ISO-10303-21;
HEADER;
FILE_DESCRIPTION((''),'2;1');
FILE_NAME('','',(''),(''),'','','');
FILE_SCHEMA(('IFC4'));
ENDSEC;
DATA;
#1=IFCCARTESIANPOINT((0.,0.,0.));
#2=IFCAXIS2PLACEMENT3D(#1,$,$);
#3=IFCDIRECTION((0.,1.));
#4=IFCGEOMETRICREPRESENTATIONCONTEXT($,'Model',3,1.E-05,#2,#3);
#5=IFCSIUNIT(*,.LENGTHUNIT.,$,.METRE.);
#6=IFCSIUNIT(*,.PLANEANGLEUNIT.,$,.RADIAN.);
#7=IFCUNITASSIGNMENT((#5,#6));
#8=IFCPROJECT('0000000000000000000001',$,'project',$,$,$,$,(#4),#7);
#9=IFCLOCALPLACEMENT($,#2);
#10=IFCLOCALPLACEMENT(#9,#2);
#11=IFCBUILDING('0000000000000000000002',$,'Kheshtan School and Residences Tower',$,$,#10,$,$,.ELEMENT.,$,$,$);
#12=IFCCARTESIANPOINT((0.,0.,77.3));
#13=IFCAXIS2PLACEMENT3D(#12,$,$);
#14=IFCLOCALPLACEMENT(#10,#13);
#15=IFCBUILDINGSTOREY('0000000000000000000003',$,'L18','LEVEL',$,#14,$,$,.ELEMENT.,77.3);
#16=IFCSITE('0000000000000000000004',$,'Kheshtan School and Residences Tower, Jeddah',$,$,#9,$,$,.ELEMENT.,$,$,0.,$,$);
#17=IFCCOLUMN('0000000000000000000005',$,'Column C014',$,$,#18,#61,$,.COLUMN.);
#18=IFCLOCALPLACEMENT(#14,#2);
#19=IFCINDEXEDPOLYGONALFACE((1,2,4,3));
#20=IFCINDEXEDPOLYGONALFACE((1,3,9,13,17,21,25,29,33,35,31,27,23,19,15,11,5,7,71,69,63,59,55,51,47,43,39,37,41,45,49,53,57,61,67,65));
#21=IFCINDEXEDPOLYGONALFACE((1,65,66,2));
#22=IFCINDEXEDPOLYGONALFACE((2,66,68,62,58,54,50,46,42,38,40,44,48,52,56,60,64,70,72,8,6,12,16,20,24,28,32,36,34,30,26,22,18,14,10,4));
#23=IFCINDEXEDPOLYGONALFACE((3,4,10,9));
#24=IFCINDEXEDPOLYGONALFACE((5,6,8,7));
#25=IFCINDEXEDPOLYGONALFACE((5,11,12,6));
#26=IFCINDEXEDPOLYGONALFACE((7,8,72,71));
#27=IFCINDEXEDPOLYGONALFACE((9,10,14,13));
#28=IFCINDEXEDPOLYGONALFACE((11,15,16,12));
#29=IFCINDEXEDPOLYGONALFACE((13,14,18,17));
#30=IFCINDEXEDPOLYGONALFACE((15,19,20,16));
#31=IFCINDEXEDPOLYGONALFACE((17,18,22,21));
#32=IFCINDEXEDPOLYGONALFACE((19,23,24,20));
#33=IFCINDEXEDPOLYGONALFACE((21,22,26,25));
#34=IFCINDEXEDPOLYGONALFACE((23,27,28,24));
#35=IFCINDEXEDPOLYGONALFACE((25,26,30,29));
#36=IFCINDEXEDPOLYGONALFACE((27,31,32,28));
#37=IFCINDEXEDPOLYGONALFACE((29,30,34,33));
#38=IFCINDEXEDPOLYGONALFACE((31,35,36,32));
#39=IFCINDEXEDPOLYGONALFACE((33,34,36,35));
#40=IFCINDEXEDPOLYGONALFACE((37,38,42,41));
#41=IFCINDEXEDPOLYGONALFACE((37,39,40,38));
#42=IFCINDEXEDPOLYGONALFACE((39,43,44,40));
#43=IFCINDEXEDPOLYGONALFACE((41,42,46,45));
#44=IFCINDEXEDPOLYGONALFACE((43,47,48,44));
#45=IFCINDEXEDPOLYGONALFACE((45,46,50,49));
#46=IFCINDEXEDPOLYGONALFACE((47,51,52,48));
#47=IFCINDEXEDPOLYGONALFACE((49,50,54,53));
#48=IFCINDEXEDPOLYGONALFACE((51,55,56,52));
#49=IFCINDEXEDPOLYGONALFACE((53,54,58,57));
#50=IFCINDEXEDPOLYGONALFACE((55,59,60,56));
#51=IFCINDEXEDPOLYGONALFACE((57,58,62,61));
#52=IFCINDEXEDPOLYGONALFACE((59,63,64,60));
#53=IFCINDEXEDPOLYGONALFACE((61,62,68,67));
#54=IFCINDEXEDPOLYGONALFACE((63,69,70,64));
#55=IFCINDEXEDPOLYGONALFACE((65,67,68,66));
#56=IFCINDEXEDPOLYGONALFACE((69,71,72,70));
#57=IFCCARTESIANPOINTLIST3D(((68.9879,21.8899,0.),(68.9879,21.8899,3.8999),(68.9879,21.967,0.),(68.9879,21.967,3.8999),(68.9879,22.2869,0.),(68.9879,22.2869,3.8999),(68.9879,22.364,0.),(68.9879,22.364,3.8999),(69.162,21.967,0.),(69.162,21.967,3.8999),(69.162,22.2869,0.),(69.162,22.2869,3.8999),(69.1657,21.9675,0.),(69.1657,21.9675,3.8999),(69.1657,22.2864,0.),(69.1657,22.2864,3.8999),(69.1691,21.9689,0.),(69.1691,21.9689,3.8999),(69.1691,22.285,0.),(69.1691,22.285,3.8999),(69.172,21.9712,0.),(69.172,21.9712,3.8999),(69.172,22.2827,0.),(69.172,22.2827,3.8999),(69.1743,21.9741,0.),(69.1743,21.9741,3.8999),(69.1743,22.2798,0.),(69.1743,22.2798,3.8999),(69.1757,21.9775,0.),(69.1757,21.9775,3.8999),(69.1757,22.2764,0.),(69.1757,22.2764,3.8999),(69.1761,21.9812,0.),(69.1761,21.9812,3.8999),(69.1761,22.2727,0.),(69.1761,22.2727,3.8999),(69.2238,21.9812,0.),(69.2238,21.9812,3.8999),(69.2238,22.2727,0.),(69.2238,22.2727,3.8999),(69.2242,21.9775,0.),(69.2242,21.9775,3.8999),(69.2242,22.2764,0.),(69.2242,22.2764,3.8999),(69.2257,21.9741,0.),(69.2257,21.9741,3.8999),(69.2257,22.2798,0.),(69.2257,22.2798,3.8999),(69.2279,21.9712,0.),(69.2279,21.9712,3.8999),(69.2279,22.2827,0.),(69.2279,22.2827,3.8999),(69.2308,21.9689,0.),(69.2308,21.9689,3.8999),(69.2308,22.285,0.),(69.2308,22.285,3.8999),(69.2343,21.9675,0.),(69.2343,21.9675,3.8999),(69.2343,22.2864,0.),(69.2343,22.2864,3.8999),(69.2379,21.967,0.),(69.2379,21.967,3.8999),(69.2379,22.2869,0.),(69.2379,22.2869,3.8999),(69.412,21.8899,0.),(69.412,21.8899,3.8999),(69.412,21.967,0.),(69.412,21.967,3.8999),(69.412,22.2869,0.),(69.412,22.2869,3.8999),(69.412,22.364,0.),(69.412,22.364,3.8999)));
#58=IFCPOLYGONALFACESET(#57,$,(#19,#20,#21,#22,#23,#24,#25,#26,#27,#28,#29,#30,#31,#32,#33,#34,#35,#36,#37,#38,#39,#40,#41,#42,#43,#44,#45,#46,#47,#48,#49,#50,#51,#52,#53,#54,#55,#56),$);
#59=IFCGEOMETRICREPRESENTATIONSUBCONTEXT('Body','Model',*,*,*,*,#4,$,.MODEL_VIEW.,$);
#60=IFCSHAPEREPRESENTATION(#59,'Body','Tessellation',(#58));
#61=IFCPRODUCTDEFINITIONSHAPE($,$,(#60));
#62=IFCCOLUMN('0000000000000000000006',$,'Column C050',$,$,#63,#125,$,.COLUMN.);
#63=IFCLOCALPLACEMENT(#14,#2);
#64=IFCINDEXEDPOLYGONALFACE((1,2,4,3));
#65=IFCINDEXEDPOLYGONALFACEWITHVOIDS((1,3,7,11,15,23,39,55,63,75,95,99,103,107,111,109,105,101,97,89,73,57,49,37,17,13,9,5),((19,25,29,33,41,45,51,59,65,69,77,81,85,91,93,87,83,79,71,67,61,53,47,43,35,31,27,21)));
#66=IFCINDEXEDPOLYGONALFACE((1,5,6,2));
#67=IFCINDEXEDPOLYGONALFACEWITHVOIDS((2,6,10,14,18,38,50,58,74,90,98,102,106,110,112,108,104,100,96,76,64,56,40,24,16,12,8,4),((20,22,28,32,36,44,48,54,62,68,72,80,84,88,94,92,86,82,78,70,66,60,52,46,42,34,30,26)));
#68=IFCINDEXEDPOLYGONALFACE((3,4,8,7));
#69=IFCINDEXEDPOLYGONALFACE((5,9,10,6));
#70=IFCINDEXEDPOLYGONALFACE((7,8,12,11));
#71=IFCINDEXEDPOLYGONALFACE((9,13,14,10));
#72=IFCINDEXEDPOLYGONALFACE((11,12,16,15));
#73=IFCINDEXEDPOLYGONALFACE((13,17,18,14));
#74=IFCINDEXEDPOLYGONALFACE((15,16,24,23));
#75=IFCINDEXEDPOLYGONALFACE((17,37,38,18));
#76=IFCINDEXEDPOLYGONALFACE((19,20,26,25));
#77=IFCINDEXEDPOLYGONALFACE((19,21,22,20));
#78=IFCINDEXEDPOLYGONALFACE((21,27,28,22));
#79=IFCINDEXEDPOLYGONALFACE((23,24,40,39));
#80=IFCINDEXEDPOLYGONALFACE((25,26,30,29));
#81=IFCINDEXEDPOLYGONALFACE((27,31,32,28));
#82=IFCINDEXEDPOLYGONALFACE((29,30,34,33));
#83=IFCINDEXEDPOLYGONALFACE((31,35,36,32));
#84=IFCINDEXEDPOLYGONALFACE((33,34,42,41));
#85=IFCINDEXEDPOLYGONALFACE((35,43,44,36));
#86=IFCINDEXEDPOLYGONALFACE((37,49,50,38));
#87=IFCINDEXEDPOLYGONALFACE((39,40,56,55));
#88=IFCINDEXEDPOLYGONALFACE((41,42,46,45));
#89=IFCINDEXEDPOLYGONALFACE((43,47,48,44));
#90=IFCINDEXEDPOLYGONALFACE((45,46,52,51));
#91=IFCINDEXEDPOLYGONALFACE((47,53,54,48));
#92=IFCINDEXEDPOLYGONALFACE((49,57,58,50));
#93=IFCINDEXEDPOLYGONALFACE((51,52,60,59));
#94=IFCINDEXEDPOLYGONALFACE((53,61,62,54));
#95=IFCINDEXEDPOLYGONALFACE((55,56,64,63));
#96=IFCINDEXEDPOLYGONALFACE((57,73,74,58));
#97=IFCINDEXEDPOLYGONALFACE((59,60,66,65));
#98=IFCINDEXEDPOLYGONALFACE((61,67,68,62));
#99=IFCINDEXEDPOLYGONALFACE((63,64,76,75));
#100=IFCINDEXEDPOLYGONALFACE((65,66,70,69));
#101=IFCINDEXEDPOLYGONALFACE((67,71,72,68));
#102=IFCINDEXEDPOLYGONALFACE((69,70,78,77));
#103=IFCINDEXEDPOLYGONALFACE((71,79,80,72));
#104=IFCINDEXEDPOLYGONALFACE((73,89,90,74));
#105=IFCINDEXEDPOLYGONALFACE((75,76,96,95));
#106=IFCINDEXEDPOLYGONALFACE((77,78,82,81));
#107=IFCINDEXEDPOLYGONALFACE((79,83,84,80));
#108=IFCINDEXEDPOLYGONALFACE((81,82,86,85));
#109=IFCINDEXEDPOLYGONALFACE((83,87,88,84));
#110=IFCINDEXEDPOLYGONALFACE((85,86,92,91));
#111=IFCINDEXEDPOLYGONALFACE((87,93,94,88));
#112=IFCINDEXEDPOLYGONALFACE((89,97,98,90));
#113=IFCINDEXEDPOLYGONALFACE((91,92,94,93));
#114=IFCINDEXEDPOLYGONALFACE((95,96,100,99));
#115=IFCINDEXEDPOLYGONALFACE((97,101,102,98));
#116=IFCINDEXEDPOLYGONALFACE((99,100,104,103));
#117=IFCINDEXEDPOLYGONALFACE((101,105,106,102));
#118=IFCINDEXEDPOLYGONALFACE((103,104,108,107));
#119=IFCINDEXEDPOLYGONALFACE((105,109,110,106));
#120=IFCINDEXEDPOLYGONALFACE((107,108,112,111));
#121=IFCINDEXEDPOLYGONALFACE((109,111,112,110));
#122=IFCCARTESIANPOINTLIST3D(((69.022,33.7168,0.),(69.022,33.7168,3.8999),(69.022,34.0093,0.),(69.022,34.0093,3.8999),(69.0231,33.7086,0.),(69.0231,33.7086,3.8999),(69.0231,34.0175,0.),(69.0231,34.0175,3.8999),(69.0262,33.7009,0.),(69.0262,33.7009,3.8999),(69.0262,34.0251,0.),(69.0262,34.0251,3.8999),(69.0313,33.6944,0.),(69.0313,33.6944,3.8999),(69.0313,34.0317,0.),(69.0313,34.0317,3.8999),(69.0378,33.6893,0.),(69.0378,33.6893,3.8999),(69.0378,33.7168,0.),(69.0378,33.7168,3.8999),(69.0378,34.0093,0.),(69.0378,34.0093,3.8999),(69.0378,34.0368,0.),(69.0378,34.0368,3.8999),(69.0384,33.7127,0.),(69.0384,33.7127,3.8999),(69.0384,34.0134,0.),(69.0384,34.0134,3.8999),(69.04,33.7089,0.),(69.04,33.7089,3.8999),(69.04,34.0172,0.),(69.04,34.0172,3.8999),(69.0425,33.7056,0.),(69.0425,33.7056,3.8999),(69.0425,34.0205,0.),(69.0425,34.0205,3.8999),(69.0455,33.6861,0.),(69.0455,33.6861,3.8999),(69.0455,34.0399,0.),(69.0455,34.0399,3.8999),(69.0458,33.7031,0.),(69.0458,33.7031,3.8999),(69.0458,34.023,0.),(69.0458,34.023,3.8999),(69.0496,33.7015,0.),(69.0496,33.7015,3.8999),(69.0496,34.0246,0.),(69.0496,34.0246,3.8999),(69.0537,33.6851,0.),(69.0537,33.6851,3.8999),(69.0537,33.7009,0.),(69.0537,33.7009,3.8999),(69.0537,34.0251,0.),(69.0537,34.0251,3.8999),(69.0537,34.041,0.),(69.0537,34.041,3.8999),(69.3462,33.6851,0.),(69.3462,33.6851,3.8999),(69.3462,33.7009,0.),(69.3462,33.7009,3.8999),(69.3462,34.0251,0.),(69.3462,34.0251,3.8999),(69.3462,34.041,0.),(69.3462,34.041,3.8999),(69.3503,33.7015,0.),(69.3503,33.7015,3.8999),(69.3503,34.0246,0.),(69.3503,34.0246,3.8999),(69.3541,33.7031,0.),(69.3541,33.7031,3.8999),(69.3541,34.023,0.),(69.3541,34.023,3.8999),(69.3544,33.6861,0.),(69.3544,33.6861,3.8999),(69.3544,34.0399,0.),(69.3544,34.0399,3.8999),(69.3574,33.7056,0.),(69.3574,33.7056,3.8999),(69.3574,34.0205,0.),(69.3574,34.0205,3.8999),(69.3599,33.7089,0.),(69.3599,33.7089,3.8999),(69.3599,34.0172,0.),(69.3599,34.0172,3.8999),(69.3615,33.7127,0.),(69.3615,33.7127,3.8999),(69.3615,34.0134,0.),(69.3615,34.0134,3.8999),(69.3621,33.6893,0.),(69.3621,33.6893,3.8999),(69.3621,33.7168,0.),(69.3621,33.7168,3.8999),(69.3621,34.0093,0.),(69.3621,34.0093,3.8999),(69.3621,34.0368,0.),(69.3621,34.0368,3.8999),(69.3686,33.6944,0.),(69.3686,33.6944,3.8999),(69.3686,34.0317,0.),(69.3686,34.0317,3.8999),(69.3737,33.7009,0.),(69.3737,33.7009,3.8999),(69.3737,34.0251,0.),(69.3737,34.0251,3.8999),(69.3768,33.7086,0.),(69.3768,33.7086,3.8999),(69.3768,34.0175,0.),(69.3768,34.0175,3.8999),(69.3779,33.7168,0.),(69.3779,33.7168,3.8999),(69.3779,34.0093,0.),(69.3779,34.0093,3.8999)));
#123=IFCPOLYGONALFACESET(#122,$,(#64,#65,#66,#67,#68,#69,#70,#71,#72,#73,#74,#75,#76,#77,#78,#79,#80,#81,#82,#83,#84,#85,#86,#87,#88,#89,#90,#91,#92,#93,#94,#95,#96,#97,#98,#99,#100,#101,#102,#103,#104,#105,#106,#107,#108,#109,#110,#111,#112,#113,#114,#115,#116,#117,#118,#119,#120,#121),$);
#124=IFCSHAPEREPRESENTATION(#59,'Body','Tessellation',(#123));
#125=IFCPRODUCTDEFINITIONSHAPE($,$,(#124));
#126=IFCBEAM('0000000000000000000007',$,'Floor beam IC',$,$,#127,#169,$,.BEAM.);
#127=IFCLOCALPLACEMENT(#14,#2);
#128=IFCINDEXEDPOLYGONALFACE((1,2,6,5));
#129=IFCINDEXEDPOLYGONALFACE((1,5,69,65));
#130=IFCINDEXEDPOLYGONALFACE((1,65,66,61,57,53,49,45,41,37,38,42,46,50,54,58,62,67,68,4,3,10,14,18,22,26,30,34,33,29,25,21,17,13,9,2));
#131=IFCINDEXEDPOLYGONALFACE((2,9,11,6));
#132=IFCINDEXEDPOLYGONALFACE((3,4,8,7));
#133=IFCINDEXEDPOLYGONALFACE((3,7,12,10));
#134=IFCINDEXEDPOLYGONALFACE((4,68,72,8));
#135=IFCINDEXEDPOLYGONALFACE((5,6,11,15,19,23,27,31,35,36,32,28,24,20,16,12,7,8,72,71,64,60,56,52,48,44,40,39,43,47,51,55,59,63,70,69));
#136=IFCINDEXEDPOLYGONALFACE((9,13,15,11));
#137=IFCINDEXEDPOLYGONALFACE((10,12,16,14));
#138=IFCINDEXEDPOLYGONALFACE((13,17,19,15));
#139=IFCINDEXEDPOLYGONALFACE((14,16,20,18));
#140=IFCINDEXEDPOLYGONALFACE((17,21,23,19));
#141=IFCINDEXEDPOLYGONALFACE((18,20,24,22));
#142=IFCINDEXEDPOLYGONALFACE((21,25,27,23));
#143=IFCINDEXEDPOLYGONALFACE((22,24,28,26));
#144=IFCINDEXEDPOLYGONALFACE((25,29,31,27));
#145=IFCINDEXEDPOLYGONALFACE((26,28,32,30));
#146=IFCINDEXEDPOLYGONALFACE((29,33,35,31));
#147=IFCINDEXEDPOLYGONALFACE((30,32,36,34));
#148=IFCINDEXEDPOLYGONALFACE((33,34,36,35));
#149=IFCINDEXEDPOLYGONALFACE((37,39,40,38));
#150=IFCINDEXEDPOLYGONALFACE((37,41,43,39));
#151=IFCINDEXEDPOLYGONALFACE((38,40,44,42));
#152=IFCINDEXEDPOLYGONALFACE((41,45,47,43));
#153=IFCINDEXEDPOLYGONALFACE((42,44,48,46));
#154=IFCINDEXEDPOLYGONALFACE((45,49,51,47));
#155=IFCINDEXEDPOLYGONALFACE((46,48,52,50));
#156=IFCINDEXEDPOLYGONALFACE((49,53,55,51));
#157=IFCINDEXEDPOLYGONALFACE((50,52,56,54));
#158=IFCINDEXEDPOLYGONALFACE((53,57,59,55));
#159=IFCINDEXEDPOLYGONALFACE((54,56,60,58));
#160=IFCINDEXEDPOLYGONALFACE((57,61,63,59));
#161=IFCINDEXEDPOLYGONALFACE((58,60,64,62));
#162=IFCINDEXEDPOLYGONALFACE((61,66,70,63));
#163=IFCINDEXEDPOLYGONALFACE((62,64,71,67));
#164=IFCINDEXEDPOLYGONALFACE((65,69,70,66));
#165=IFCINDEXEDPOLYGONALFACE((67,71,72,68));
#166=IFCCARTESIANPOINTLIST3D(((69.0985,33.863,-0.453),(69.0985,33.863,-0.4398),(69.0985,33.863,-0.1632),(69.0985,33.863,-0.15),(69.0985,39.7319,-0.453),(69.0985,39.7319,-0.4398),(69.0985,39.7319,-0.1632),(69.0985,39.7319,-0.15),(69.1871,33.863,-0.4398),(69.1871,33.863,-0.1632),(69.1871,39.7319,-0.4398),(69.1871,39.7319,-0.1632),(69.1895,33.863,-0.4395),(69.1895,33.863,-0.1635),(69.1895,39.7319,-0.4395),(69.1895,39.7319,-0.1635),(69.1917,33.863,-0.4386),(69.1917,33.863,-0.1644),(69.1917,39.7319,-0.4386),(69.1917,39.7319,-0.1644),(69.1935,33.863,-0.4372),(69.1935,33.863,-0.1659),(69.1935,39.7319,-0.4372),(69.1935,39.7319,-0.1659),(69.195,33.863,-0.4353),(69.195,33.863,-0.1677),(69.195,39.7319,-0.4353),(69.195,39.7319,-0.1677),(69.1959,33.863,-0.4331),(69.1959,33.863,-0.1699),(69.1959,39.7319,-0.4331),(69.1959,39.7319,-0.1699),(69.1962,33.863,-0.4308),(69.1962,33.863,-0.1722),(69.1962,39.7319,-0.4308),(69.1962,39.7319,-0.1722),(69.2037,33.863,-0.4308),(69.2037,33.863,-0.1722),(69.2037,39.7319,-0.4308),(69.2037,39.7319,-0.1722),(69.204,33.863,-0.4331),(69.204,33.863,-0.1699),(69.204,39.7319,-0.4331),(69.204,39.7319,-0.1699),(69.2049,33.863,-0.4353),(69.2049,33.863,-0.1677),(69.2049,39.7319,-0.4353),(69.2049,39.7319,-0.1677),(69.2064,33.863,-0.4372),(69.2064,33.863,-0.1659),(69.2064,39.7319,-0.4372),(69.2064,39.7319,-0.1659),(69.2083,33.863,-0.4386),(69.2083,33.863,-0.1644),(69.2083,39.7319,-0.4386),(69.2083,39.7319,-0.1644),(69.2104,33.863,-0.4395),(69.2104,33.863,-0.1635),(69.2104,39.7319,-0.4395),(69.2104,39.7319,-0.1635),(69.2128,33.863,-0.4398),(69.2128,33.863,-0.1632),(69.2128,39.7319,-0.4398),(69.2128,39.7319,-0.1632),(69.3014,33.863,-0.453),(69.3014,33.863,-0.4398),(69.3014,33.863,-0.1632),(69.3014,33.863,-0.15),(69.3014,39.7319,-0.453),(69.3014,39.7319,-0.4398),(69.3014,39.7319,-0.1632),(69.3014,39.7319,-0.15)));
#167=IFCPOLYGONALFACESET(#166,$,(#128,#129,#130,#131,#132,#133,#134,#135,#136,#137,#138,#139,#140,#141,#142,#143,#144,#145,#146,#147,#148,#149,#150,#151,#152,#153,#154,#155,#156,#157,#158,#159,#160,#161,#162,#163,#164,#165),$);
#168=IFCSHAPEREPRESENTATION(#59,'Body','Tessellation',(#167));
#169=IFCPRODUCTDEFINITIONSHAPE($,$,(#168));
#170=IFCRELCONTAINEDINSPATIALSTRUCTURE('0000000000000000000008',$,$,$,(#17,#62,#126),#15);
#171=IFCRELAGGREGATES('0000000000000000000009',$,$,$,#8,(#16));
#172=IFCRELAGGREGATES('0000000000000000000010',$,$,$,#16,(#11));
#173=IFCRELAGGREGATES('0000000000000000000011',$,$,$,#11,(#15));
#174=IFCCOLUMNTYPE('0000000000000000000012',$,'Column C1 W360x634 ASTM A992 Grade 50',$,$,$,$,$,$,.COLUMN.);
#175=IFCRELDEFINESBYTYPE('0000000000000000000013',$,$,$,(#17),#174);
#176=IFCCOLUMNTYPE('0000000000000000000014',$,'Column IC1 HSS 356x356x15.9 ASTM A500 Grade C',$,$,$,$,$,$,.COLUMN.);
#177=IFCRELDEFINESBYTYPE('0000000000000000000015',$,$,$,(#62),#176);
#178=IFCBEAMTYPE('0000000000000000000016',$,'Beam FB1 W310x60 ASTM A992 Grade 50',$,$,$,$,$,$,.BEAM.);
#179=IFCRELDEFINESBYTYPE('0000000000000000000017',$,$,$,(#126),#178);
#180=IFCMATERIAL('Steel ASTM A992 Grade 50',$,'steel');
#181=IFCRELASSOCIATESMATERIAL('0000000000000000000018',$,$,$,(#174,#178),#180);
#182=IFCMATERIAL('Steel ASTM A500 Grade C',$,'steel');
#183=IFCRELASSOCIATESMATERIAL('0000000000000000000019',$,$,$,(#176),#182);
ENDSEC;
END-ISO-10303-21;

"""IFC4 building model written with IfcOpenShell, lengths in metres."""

from ifc_helpers import new_model, si_unit, direction, frame, origin, origin_2d, place, context, subcontext, project, spatial, hollow_rectangle, i_section, extrude, material, material_profile, profile_set, type_object, element, save


model = new_model("IFC4")

# Units and contexts
model_context = context("Model", 3, precision=1e-05, world=origin(), true_north=direction((0.0, 1.0)))
body_context = subcontext(model_context, "Body", "Model", "MODEL_VIEW")
ifc_project = project(units=[si_unit("LENGTHUNIT", "METRE"), si_unit("PLANEANGLEUNIT", "RADIAN")], contexts=[model_context])

# Site, building, storey
site_placement = place(None, origin())
site = spatial("IfcSite", under=ifc_project, at=site_placement, Name="Kheshtan School and Residences Tower, Jeddah", CompositionType="ELEMENT", RefElevation=0.0)
building_placement = place(site_placement, origin())
building = spatial("IfcBuilding", under=site, at=building_placement, Name="Kheshtan School and Residences Tower", CompositionType="ELEMENT")
storey_placement = place(building_placement, frame((0.0, 0.0, 77.3)))
storey = spatial("IfcBuildingStorey", under=building, at=storey_placement, Name="L18", Description="LEVEL", CompositionType="ELEMENT", Elevation=77.3)

# Columns
ifc_material_1 = material(Name="Steel ASTM A992 Grade 50", Category="steel")
ifc_material_profile_1 = material_profile(ifc_material_1, i_section(OverallWidth=0.4241, OverallDepth=0.4741, WebThickness=0.0476, FlangeThickness=0.0771, FilletRadius=0.0142, at=origin_2d()), Name="W360x634")
ifc_profile_set_1 = profile_set([ifc_material_profile_1], Name="Steel ASTM A992 Grade 50")
column_type_1 = type_object("IfcColumnType", Name="Column C1 W360x634 ASTM A992 Grade 50", PredefinedType="COLUMN", material=ifc_profile_set_1)
column_1_placement = place(storey_placement, frame((69.2, 22.127, 0.0), z_axis=(0.0, 0.0, 1.0), x_axis=(1.0, 0.0, 0.0)))
element("IfcColumn", 1, at=column_1_placement, inside=storey, type_object=column_type_1, Name="Column C014", PredefinedType="COLUMN", context=body_context, shape_type="SweptSolid", body=[
    extrude(i_section(OverallWidth=0.4241, OverallDepth=0.4741, WebThickness=0.0476, FlangeThickness=0.0771, FilletRadius=0.0142, at=origin_2d()), origin(), (0.0, 0.0, 1.0), 3.8999),
])
ifc_material_2 = material(Name="Steel ASTM A500 Grade C", Category="steel")
ifc_material_profile_2 = material_profile(ifc_material_2, hollow_rectangle(XDim=0.356, YDim=0.356, WallThickness=0.0159, InnerFilletRadius=0.0159, OuterFilletRadius=0.0317, at=origin_2d()), Name="HSS 356x356x15.9")
ifc_profile_set_2 = profile_set([ifc_material_profile_2], Name="Steel ASTM A500 Grade C")
column_type_2 = type_object("IfcColumnType", Name="Column IC1 HSS 356x356x15.9 ASTM A500 Grade C", PredefinedType="COLUMN", material=ifc_profile_set_2)
column_2_placement = place(storey_placement, frame((69.2, 33.863, 0.0), z_axis=(0.0, 0.0, 1.0), x_axis=(1.0, 0.0, 0.0)))
element("IfcColumn", 2, at=column_2_placement, inside=storey, type_object=column_type_2, Name="Column C050", PredefinedType="COLUMN", context=body_context, shape_type="SweptSolid", body=[
    extrude(hollow_rectangle(XDim=0.356, YDim=0.356, WallThickness=0.0159, InnerFilletRadius=0.0159, OuterFilletRadius=0.0317, at=origin_2d()), origin(), (0.0, 0.0, 1.0), 3.8999),
])

# Beam
ifc_material_profile_3 = material_profile(ifc_material_1, i_section(OverallWidth=0.2029, OverallDepth=0.303, WebThickness=0.0076, FlangeThickness=0.0132, FilletRadius=0.009, at=origin_2d()), Name="W310x60")
ifc_profile_set_3 = profile_set([ifc_material_profile_3], Name="Steel ASTM A992 Grade 50")
beam_type_1 = type_object("IfcBeamType", Name="Beam FB1 W310x60 ASTM A992 Grade 50", PredefinedType="BEAM", material=ifc_profile_set_3)
beam_1_placement = place(storey_placement, frame((69.2, 33.863, -0.3015), z_axis=(0.0, 1.0, 0.0), x_axis=(-1.0, 0.0, 0.0)))
element("IfcBeam", 3, at=beam_1_placement, inside=storey, type_object=beam_type_1, Name="Floor beam IC", PredefinedType="BEAM", context=body_context, shape_type="SweptSolid", body=[
    extrude(i_section(OverallWidth=0.2029, OverallDepth=0.303, WebThickness=0.0076, FlangeThickness=0.0132, FilletRadius=0.009, at=origin_2d()), origin(), (0.0, 0.0, 1.0), 5.8689),
])

save(model, "model.ifc")
